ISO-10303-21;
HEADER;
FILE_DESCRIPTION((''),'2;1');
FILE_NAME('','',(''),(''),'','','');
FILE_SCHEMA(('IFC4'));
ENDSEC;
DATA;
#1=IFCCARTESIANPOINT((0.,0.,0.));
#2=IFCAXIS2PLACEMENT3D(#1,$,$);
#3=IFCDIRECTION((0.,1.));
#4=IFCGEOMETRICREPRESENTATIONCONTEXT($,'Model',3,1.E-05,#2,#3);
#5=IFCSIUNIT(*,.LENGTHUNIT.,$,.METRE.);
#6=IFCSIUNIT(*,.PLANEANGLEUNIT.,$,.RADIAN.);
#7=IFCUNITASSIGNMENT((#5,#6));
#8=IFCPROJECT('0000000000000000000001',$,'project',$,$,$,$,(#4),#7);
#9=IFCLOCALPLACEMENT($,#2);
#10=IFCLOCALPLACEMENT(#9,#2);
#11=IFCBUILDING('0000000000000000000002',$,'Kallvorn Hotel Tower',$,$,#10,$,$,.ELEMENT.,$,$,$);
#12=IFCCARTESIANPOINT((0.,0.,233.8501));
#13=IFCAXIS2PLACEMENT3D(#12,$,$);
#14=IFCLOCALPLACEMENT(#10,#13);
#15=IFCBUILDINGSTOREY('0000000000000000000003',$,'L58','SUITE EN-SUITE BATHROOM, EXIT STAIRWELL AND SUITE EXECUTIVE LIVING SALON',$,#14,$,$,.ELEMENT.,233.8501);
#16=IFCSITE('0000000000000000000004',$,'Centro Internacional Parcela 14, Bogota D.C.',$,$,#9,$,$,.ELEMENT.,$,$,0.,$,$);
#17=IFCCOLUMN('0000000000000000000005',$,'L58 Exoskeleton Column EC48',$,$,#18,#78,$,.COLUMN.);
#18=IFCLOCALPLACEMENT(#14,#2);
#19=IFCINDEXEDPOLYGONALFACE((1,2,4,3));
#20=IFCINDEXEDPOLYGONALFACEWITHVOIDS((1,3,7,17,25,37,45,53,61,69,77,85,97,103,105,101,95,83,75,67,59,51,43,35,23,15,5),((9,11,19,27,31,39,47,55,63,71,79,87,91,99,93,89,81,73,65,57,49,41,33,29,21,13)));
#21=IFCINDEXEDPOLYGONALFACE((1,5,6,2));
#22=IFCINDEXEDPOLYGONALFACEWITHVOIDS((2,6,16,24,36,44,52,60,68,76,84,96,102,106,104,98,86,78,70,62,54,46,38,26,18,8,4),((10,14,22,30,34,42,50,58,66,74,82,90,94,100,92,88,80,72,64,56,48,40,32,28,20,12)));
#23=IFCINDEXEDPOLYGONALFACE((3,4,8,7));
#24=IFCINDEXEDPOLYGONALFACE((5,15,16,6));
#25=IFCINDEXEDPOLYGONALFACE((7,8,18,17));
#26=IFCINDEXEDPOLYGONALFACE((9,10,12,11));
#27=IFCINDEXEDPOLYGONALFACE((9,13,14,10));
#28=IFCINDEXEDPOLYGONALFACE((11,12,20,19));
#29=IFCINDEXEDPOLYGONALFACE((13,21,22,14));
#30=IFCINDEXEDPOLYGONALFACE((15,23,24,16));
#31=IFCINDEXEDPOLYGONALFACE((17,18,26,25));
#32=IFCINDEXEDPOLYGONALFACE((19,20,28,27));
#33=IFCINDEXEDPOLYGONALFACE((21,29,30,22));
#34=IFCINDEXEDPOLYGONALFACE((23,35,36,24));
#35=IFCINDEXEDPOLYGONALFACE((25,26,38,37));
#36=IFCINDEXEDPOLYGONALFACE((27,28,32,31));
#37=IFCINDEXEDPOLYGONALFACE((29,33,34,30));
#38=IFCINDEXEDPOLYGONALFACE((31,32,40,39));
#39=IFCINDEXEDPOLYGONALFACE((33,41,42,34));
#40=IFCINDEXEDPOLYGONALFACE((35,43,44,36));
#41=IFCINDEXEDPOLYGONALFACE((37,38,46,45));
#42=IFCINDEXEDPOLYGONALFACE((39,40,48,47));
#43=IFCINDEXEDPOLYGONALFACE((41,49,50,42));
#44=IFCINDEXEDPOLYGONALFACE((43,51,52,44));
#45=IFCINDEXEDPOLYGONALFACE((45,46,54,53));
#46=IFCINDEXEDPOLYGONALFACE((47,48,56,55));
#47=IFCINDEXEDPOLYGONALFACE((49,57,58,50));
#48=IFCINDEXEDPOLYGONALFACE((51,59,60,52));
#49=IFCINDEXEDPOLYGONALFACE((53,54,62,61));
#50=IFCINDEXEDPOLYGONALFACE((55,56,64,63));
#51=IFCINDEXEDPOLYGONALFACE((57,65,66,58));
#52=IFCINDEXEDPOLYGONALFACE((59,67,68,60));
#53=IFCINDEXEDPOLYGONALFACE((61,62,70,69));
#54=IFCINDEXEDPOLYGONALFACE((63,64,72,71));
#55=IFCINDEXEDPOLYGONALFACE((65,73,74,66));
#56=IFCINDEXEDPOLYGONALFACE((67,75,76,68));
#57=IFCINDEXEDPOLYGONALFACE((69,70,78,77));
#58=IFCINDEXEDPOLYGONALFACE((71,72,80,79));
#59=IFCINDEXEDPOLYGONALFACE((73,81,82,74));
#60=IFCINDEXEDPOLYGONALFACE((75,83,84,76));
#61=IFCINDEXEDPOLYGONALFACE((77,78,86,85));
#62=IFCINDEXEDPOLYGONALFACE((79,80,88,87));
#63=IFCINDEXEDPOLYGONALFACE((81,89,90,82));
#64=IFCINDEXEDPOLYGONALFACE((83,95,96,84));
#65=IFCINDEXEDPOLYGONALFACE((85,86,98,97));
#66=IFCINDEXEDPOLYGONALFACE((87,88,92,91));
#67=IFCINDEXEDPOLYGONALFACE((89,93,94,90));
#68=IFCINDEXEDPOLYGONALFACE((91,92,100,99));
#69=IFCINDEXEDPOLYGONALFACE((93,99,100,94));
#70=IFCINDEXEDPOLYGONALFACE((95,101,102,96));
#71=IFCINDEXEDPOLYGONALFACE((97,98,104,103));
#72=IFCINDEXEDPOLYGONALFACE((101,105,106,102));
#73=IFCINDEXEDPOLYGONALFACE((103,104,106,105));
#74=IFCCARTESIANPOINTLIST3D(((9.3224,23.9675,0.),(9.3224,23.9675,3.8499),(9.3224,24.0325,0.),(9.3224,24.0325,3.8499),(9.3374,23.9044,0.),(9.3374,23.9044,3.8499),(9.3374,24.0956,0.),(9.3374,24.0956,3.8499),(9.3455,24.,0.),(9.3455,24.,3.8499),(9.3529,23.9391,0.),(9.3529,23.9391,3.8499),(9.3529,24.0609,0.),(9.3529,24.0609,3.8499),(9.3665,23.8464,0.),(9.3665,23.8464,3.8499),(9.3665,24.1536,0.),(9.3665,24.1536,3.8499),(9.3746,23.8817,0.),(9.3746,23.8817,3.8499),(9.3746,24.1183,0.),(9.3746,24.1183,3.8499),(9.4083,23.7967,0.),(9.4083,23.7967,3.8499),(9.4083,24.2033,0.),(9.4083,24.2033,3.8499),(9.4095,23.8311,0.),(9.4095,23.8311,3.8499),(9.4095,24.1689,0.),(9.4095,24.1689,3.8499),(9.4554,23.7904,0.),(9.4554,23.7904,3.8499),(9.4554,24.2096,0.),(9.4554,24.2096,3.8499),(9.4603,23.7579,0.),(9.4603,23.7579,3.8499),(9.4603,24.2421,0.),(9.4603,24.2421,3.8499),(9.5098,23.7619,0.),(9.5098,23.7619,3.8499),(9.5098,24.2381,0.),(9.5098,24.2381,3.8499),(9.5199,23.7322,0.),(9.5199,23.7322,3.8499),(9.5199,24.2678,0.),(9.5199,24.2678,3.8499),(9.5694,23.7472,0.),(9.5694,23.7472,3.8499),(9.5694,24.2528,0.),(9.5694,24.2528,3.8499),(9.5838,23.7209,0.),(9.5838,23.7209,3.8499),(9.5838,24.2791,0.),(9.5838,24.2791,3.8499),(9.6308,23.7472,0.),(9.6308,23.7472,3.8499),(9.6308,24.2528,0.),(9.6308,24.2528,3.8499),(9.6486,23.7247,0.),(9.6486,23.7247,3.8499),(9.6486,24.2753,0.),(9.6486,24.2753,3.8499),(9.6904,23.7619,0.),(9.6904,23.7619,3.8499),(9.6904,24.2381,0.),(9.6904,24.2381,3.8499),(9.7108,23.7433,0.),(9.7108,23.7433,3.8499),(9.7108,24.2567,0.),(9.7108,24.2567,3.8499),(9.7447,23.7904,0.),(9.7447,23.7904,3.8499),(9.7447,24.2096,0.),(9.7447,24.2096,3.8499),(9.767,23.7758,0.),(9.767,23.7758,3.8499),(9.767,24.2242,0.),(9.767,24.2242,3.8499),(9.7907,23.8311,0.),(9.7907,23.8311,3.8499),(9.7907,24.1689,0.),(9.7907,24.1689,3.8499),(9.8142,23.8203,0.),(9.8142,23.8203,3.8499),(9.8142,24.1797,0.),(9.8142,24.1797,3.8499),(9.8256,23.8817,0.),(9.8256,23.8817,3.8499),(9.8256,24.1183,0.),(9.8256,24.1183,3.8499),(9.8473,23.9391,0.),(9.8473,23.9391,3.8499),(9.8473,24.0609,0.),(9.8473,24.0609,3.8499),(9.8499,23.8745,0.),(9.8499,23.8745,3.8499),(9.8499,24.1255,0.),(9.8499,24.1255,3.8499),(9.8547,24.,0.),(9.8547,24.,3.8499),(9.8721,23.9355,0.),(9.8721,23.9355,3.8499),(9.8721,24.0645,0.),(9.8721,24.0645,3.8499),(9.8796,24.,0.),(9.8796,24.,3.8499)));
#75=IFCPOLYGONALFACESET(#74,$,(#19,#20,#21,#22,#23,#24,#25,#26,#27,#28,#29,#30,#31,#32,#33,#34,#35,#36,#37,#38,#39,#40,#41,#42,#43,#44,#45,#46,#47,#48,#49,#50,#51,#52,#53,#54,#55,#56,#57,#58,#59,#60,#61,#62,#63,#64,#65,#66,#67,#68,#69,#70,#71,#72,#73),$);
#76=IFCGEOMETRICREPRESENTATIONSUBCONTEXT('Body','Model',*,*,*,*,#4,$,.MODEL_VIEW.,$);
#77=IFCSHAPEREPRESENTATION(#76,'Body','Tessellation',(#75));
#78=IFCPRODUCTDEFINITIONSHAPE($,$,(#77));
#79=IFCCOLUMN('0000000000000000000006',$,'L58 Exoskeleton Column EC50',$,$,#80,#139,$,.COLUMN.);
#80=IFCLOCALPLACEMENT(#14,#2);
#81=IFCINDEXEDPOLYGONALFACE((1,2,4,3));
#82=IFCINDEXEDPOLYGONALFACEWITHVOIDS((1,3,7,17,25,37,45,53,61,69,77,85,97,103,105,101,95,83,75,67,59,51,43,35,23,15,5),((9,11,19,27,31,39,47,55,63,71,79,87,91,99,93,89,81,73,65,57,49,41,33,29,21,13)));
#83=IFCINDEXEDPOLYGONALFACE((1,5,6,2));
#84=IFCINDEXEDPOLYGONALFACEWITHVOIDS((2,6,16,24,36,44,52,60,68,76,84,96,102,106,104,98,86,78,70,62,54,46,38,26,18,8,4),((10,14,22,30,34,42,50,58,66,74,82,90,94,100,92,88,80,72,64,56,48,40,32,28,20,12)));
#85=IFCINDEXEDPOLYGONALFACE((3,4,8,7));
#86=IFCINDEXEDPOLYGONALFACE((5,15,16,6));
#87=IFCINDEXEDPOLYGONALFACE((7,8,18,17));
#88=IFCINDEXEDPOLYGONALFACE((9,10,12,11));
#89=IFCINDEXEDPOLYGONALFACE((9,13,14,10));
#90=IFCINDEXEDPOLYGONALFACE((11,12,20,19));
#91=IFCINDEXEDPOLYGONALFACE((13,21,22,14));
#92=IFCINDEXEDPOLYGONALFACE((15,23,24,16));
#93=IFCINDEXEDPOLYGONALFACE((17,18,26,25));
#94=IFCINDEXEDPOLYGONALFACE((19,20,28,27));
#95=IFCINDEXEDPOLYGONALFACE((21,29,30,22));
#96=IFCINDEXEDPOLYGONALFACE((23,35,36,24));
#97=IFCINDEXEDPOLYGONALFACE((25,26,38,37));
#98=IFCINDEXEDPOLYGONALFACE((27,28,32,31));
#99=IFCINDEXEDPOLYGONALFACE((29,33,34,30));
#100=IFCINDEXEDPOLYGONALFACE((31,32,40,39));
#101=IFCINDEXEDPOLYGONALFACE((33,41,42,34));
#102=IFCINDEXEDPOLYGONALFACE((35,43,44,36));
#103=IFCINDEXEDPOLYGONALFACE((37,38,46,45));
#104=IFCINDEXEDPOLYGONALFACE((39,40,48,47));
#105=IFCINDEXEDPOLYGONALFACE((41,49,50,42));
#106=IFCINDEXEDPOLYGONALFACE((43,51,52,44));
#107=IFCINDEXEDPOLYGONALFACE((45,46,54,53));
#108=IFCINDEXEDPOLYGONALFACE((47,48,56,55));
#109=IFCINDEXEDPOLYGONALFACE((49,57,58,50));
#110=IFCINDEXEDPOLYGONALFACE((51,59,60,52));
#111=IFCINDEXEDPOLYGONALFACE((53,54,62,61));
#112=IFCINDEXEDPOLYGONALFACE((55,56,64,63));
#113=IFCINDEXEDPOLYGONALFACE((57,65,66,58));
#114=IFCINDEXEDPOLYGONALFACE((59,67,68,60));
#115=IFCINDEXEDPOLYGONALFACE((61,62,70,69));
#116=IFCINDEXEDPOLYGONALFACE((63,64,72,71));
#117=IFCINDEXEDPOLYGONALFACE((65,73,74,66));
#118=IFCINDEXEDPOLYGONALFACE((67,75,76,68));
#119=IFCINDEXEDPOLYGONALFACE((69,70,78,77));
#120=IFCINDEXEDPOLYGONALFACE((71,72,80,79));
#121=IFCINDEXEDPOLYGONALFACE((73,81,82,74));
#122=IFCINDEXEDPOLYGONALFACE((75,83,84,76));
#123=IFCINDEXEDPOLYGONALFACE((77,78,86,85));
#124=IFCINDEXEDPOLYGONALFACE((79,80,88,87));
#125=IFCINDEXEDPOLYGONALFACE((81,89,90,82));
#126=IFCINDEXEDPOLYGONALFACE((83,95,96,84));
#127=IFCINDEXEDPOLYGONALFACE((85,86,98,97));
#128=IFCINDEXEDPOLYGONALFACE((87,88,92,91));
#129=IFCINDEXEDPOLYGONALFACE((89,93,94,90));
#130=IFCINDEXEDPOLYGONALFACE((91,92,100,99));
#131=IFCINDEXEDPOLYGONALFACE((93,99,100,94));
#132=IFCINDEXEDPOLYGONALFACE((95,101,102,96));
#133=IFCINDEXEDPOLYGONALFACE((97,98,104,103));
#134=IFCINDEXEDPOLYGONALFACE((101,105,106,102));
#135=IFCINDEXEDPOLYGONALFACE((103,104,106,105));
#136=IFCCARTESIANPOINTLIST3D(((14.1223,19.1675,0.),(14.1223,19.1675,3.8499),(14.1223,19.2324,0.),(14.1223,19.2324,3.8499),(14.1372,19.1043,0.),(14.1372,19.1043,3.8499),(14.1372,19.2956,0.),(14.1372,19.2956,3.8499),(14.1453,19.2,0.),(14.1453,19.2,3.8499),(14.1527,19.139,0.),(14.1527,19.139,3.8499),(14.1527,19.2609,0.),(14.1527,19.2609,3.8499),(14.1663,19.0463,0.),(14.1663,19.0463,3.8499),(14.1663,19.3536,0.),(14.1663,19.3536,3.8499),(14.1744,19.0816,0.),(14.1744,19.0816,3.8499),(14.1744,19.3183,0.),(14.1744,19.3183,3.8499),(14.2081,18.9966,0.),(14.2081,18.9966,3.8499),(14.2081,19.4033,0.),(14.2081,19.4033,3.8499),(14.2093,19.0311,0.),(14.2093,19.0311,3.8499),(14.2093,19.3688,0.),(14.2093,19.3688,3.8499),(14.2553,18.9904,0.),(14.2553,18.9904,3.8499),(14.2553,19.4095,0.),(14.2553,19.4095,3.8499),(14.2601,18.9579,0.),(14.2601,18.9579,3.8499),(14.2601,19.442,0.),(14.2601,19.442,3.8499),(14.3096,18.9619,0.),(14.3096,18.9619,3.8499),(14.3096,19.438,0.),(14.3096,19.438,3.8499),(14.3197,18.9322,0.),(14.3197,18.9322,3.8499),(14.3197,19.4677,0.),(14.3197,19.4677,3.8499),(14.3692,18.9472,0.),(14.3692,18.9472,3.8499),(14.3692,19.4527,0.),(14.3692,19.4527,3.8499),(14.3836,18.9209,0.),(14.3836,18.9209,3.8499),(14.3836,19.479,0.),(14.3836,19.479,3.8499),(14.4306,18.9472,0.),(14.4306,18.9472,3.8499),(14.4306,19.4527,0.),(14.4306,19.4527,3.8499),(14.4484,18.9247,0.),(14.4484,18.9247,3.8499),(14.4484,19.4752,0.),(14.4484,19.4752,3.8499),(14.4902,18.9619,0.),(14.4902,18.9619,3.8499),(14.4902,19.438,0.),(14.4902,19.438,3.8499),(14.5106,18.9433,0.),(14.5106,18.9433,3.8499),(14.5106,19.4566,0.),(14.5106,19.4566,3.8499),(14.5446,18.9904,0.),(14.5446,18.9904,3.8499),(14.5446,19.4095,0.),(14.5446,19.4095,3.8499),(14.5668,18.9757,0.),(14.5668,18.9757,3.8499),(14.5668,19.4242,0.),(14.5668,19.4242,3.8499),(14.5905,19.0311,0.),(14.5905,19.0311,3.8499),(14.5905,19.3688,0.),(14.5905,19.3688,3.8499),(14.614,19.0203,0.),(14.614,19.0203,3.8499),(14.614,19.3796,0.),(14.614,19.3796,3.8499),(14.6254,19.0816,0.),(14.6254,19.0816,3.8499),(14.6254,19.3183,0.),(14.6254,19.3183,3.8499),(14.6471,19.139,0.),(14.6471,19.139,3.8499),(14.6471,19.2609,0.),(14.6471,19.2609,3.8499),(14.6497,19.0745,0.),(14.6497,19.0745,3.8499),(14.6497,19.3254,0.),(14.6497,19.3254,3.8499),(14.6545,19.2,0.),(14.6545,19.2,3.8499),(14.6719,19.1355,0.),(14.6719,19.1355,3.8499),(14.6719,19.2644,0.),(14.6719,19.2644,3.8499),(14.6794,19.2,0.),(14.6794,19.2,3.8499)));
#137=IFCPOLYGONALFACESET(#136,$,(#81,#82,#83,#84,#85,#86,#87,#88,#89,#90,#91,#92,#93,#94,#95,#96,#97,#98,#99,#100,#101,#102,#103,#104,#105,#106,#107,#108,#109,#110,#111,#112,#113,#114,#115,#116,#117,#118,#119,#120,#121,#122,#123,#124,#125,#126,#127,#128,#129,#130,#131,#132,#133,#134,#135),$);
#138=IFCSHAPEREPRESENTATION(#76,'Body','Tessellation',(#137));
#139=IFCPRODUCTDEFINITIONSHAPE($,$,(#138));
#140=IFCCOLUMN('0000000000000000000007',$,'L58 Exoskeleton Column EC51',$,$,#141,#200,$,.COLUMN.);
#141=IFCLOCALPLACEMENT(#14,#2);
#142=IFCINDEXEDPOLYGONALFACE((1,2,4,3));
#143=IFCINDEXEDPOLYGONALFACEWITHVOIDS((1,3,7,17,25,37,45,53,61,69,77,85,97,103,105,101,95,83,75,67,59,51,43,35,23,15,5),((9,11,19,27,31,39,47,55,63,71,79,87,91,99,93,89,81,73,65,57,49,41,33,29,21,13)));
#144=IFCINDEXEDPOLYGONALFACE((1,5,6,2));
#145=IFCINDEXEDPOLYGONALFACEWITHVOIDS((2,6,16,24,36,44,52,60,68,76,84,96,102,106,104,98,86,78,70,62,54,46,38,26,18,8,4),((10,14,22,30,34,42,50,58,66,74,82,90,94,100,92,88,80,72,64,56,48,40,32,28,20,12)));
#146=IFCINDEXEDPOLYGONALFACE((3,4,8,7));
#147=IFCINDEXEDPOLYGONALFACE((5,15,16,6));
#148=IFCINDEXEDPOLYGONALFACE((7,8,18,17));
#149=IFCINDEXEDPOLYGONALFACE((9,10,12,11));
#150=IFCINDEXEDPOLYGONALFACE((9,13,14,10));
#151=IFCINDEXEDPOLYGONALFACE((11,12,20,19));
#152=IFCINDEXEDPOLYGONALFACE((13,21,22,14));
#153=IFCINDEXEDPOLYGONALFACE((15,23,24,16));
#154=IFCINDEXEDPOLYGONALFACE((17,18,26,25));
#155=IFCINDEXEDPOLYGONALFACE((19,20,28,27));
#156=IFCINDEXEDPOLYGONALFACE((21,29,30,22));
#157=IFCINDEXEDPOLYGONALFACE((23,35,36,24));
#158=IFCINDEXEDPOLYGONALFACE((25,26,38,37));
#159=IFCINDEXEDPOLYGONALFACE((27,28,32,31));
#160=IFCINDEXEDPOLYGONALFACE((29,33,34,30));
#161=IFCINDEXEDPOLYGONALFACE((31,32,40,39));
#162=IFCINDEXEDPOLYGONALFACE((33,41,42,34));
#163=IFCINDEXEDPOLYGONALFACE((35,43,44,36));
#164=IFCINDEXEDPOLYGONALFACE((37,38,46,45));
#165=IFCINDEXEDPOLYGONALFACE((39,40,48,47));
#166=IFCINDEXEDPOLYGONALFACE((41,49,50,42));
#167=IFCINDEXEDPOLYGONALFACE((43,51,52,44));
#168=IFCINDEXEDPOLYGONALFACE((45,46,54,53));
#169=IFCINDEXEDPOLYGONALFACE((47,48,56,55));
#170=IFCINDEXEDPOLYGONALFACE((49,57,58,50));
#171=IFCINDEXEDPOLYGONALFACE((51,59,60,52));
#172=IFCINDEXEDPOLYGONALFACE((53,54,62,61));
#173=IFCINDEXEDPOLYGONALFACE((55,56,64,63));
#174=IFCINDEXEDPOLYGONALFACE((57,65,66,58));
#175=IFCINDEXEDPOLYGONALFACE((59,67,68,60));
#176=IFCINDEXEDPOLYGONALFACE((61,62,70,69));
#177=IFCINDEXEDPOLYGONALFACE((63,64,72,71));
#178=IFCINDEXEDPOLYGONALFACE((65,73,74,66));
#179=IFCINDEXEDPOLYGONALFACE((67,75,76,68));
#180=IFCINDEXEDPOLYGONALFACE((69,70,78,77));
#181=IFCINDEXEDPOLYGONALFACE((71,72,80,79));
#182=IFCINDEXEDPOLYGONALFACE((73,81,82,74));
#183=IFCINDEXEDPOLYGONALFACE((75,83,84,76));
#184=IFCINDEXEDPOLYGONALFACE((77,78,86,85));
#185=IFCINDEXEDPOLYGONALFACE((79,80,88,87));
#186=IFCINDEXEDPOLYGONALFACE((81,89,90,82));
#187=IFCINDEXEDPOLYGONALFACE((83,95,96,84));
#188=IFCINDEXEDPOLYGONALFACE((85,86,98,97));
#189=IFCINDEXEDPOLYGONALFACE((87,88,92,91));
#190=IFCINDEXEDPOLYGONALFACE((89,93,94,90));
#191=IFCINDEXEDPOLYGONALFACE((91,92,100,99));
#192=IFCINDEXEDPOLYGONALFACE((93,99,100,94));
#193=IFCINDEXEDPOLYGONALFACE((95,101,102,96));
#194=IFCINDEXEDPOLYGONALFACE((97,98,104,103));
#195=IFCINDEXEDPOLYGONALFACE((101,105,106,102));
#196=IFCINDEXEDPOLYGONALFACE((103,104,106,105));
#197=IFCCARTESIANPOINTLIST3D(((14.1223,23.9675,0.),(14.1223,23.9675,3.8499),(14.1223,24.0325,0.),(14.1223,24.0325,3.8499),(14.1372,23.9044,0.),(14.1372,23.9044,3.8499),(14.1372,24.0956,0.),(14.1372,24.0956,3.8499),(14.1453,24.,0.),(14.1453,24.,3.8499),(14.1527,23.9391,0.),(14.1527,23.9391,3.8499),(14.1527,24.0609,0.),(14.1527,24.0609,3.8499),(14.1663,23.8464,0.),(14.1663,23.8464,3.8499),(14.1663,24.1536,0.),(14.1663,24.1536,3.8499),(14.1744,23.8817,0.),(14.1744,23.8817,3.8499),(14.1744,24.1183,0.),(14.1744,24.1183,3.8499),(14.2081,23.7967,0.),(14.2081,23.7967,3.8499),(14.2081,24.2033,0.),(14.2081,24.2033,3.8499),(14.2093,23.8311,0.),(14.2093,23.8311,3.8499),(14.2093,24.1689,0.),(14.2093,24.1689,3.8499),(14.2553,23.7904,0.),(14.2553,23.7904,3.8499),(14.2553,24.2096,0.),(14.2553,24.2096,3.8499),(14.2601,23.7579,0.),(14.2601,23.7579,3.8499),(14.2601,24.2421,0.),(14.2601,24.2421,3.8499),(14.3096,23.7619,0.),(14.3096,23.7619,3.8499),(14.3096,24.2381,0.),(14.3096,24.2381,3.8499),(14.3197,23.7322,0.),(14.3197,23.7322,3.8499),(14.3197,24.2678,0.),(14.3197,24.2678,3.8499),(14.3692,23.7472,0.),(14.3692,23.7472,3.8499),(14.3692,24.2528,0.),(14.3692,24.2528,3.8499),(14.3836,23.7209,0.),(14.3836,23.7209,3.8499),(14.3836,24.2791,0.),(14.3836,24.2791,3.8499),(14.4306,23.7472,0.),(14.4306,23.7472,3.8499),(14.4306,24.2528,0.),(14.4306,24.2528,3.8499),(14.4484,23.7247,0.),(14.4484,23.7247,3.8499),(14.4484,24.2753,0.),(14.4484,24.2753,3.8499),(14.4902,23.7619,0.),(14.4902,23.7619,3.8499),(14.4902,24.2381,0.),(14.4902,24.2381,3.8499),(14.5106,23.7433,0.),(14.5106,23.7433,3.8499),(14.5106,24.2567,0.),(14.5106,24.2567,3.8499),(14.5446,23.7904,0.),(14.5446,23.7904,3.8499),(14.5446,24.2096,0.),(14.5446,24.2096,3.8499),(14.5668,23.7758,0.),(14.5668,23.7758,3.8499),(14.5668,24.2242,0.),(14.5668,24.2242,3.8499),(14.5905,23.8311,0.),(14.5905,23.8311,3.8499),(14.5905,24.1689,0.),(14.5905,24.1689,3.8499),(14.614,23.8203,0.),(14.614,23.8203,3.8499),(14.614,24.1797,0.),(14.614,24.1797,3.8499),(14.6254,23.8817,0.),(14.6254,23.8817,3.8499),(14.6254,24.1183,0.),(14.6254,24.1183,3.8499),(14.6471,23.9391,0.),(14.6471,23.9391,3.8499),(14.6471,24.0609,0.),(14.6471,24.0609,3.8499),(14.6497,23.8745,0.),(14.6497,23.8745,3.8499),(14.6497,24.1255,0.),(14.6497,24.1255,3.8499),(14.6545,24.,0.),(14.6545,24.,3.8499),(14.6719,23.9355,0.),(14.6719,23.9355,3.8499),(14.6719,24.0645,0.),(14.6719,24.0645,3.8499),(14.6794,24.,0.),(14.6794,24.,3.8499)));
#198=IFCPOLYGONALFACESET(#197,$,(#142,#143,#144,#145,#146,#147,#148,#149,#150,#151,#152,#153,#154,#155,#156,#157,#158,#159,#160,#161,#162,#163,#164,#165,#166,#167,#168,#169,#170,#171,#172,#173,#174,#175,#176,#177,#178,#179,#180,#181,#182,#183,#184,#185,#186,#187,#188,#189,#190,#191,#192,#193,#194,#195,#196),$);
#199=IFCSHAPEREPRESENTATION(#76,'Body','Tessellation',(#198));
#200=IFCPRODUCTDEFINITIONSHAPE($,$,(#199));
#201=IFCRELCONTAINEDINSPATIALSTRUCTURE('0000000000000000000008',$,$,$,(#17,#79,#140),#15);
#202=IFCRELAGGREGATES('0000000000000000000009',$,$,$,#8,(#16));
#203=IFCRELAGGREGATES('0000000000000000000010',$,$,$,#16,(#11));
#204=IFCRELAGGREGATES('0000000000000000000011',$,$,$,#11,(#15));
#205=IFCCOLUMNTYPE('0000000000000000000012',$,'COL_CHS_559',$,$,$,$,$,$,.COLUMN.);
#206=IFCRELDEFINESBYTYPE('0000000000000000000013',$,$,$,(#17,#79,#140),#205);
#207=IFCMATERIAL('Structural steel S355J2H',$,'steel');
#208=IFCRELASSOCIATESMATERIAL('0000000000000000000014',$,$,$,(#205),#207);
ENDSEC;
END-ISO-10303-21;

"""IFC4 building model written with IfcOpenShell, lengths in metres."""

from ifc_helpers import new_model, si_unit, direction, frame, origin, origin_2d, place, context, subcontext, project, spatial, hollow_circle, extrude, material, material_profile, profile_set, type_object, element, save


model = new_model("IFC4")

# Units and contexts
model_context = context("Model", 3, precision=1e-05, world=origin(), true_north=direction((0.0, 1.0)))
body_context = subcontext(model_context, "Body", "Model", "MODEL_VIEW")
ifc_project = project(units=[si_unit("LENGTHUNIT", "METRE"), si_unit("PLANEANGLEUNIT", "RADIAN")], contexts=[model_context])

# Site, building, storey
site_placement = place(None, origin())
site = spatial("IfcSite", under=ifc_project, at=site_placement, Name="Centro Internacional Parcela 14, Bogota D.C.", CompositionType="ELEMENT", RefElevation=0.0)
building_placement = place(site_placement, origin())
building = spatial("IfcBuilding", under=site, at=building_placement, Name="Kallvorn Hotel Tower", CompositionType="ELEMENT")
storey_placement = place(building_placement, frame((0.0, 0.0, 233.8501)))
storey = spatial("IfcBuildingStorey", under=building, at=storey_placement, Name="L58", Description="SUITE EN-SUITE BATHROOM, EXIT STAIRWELL AND SUITE EXECUTIVE LIVING SALON", CompositionType="ELEMENT", Elevation=233.8501)

# Columns
ifc_material_1 = material(Name="Structural steel S355J2H", Category="steel")
ifc_material_profile_1 = material_profile(ifc_material_1, hollow_circle(Radius=0.2795, WallThickness=0.0249, at=origin_2d()), Name="CHS 559x25")
ifc_profile_set_1 = profile_set([ifc_material_profile_1], Name="Structural steel S355J2H")
column_type_1 = type_object("IfcColumnType", Name="COL_CHS_559", PredefinedType="COLUMN", material=ifc_profile_set_1)
for number, where, z_axis, x_axis, name in (
    (1, (9.6001, 24.0, 0.0), (0.0, 0.0, 1.0), (1.0, 0.0, 0.0), "L58 Exoskeleton Column EC48"),
    (2, (14.3999, 19.2, 0.0), (0.0, 0.0, 1.0), (1.0, 0.0, 0.0), "L58 Exoskeleton Column EC50"),
    (3, (14.3999, 24.0, 0.0), (0.0, 0.0, 1.0), (1.0, 0.0, 0.0), "L58 Exoskeleton Column EC51"),
):
    element("IfcColumn", number, at=place(storey_placement, frame(where, z_axis=z_axis, x_axis=x_axis)), inside=storey, type_object=column_type_1, Name=name, PredefinedType="COLUMN", context=body_context, shape_type="SweptSolid", body=[
        extrude(hollow_circle(Radius=0.2795, WallThickness=0.0249, at=origin_2d()), origin(), (0.0, 0.0, 1.0), 3.8499),
    ])

save(model, "model.ifc")
